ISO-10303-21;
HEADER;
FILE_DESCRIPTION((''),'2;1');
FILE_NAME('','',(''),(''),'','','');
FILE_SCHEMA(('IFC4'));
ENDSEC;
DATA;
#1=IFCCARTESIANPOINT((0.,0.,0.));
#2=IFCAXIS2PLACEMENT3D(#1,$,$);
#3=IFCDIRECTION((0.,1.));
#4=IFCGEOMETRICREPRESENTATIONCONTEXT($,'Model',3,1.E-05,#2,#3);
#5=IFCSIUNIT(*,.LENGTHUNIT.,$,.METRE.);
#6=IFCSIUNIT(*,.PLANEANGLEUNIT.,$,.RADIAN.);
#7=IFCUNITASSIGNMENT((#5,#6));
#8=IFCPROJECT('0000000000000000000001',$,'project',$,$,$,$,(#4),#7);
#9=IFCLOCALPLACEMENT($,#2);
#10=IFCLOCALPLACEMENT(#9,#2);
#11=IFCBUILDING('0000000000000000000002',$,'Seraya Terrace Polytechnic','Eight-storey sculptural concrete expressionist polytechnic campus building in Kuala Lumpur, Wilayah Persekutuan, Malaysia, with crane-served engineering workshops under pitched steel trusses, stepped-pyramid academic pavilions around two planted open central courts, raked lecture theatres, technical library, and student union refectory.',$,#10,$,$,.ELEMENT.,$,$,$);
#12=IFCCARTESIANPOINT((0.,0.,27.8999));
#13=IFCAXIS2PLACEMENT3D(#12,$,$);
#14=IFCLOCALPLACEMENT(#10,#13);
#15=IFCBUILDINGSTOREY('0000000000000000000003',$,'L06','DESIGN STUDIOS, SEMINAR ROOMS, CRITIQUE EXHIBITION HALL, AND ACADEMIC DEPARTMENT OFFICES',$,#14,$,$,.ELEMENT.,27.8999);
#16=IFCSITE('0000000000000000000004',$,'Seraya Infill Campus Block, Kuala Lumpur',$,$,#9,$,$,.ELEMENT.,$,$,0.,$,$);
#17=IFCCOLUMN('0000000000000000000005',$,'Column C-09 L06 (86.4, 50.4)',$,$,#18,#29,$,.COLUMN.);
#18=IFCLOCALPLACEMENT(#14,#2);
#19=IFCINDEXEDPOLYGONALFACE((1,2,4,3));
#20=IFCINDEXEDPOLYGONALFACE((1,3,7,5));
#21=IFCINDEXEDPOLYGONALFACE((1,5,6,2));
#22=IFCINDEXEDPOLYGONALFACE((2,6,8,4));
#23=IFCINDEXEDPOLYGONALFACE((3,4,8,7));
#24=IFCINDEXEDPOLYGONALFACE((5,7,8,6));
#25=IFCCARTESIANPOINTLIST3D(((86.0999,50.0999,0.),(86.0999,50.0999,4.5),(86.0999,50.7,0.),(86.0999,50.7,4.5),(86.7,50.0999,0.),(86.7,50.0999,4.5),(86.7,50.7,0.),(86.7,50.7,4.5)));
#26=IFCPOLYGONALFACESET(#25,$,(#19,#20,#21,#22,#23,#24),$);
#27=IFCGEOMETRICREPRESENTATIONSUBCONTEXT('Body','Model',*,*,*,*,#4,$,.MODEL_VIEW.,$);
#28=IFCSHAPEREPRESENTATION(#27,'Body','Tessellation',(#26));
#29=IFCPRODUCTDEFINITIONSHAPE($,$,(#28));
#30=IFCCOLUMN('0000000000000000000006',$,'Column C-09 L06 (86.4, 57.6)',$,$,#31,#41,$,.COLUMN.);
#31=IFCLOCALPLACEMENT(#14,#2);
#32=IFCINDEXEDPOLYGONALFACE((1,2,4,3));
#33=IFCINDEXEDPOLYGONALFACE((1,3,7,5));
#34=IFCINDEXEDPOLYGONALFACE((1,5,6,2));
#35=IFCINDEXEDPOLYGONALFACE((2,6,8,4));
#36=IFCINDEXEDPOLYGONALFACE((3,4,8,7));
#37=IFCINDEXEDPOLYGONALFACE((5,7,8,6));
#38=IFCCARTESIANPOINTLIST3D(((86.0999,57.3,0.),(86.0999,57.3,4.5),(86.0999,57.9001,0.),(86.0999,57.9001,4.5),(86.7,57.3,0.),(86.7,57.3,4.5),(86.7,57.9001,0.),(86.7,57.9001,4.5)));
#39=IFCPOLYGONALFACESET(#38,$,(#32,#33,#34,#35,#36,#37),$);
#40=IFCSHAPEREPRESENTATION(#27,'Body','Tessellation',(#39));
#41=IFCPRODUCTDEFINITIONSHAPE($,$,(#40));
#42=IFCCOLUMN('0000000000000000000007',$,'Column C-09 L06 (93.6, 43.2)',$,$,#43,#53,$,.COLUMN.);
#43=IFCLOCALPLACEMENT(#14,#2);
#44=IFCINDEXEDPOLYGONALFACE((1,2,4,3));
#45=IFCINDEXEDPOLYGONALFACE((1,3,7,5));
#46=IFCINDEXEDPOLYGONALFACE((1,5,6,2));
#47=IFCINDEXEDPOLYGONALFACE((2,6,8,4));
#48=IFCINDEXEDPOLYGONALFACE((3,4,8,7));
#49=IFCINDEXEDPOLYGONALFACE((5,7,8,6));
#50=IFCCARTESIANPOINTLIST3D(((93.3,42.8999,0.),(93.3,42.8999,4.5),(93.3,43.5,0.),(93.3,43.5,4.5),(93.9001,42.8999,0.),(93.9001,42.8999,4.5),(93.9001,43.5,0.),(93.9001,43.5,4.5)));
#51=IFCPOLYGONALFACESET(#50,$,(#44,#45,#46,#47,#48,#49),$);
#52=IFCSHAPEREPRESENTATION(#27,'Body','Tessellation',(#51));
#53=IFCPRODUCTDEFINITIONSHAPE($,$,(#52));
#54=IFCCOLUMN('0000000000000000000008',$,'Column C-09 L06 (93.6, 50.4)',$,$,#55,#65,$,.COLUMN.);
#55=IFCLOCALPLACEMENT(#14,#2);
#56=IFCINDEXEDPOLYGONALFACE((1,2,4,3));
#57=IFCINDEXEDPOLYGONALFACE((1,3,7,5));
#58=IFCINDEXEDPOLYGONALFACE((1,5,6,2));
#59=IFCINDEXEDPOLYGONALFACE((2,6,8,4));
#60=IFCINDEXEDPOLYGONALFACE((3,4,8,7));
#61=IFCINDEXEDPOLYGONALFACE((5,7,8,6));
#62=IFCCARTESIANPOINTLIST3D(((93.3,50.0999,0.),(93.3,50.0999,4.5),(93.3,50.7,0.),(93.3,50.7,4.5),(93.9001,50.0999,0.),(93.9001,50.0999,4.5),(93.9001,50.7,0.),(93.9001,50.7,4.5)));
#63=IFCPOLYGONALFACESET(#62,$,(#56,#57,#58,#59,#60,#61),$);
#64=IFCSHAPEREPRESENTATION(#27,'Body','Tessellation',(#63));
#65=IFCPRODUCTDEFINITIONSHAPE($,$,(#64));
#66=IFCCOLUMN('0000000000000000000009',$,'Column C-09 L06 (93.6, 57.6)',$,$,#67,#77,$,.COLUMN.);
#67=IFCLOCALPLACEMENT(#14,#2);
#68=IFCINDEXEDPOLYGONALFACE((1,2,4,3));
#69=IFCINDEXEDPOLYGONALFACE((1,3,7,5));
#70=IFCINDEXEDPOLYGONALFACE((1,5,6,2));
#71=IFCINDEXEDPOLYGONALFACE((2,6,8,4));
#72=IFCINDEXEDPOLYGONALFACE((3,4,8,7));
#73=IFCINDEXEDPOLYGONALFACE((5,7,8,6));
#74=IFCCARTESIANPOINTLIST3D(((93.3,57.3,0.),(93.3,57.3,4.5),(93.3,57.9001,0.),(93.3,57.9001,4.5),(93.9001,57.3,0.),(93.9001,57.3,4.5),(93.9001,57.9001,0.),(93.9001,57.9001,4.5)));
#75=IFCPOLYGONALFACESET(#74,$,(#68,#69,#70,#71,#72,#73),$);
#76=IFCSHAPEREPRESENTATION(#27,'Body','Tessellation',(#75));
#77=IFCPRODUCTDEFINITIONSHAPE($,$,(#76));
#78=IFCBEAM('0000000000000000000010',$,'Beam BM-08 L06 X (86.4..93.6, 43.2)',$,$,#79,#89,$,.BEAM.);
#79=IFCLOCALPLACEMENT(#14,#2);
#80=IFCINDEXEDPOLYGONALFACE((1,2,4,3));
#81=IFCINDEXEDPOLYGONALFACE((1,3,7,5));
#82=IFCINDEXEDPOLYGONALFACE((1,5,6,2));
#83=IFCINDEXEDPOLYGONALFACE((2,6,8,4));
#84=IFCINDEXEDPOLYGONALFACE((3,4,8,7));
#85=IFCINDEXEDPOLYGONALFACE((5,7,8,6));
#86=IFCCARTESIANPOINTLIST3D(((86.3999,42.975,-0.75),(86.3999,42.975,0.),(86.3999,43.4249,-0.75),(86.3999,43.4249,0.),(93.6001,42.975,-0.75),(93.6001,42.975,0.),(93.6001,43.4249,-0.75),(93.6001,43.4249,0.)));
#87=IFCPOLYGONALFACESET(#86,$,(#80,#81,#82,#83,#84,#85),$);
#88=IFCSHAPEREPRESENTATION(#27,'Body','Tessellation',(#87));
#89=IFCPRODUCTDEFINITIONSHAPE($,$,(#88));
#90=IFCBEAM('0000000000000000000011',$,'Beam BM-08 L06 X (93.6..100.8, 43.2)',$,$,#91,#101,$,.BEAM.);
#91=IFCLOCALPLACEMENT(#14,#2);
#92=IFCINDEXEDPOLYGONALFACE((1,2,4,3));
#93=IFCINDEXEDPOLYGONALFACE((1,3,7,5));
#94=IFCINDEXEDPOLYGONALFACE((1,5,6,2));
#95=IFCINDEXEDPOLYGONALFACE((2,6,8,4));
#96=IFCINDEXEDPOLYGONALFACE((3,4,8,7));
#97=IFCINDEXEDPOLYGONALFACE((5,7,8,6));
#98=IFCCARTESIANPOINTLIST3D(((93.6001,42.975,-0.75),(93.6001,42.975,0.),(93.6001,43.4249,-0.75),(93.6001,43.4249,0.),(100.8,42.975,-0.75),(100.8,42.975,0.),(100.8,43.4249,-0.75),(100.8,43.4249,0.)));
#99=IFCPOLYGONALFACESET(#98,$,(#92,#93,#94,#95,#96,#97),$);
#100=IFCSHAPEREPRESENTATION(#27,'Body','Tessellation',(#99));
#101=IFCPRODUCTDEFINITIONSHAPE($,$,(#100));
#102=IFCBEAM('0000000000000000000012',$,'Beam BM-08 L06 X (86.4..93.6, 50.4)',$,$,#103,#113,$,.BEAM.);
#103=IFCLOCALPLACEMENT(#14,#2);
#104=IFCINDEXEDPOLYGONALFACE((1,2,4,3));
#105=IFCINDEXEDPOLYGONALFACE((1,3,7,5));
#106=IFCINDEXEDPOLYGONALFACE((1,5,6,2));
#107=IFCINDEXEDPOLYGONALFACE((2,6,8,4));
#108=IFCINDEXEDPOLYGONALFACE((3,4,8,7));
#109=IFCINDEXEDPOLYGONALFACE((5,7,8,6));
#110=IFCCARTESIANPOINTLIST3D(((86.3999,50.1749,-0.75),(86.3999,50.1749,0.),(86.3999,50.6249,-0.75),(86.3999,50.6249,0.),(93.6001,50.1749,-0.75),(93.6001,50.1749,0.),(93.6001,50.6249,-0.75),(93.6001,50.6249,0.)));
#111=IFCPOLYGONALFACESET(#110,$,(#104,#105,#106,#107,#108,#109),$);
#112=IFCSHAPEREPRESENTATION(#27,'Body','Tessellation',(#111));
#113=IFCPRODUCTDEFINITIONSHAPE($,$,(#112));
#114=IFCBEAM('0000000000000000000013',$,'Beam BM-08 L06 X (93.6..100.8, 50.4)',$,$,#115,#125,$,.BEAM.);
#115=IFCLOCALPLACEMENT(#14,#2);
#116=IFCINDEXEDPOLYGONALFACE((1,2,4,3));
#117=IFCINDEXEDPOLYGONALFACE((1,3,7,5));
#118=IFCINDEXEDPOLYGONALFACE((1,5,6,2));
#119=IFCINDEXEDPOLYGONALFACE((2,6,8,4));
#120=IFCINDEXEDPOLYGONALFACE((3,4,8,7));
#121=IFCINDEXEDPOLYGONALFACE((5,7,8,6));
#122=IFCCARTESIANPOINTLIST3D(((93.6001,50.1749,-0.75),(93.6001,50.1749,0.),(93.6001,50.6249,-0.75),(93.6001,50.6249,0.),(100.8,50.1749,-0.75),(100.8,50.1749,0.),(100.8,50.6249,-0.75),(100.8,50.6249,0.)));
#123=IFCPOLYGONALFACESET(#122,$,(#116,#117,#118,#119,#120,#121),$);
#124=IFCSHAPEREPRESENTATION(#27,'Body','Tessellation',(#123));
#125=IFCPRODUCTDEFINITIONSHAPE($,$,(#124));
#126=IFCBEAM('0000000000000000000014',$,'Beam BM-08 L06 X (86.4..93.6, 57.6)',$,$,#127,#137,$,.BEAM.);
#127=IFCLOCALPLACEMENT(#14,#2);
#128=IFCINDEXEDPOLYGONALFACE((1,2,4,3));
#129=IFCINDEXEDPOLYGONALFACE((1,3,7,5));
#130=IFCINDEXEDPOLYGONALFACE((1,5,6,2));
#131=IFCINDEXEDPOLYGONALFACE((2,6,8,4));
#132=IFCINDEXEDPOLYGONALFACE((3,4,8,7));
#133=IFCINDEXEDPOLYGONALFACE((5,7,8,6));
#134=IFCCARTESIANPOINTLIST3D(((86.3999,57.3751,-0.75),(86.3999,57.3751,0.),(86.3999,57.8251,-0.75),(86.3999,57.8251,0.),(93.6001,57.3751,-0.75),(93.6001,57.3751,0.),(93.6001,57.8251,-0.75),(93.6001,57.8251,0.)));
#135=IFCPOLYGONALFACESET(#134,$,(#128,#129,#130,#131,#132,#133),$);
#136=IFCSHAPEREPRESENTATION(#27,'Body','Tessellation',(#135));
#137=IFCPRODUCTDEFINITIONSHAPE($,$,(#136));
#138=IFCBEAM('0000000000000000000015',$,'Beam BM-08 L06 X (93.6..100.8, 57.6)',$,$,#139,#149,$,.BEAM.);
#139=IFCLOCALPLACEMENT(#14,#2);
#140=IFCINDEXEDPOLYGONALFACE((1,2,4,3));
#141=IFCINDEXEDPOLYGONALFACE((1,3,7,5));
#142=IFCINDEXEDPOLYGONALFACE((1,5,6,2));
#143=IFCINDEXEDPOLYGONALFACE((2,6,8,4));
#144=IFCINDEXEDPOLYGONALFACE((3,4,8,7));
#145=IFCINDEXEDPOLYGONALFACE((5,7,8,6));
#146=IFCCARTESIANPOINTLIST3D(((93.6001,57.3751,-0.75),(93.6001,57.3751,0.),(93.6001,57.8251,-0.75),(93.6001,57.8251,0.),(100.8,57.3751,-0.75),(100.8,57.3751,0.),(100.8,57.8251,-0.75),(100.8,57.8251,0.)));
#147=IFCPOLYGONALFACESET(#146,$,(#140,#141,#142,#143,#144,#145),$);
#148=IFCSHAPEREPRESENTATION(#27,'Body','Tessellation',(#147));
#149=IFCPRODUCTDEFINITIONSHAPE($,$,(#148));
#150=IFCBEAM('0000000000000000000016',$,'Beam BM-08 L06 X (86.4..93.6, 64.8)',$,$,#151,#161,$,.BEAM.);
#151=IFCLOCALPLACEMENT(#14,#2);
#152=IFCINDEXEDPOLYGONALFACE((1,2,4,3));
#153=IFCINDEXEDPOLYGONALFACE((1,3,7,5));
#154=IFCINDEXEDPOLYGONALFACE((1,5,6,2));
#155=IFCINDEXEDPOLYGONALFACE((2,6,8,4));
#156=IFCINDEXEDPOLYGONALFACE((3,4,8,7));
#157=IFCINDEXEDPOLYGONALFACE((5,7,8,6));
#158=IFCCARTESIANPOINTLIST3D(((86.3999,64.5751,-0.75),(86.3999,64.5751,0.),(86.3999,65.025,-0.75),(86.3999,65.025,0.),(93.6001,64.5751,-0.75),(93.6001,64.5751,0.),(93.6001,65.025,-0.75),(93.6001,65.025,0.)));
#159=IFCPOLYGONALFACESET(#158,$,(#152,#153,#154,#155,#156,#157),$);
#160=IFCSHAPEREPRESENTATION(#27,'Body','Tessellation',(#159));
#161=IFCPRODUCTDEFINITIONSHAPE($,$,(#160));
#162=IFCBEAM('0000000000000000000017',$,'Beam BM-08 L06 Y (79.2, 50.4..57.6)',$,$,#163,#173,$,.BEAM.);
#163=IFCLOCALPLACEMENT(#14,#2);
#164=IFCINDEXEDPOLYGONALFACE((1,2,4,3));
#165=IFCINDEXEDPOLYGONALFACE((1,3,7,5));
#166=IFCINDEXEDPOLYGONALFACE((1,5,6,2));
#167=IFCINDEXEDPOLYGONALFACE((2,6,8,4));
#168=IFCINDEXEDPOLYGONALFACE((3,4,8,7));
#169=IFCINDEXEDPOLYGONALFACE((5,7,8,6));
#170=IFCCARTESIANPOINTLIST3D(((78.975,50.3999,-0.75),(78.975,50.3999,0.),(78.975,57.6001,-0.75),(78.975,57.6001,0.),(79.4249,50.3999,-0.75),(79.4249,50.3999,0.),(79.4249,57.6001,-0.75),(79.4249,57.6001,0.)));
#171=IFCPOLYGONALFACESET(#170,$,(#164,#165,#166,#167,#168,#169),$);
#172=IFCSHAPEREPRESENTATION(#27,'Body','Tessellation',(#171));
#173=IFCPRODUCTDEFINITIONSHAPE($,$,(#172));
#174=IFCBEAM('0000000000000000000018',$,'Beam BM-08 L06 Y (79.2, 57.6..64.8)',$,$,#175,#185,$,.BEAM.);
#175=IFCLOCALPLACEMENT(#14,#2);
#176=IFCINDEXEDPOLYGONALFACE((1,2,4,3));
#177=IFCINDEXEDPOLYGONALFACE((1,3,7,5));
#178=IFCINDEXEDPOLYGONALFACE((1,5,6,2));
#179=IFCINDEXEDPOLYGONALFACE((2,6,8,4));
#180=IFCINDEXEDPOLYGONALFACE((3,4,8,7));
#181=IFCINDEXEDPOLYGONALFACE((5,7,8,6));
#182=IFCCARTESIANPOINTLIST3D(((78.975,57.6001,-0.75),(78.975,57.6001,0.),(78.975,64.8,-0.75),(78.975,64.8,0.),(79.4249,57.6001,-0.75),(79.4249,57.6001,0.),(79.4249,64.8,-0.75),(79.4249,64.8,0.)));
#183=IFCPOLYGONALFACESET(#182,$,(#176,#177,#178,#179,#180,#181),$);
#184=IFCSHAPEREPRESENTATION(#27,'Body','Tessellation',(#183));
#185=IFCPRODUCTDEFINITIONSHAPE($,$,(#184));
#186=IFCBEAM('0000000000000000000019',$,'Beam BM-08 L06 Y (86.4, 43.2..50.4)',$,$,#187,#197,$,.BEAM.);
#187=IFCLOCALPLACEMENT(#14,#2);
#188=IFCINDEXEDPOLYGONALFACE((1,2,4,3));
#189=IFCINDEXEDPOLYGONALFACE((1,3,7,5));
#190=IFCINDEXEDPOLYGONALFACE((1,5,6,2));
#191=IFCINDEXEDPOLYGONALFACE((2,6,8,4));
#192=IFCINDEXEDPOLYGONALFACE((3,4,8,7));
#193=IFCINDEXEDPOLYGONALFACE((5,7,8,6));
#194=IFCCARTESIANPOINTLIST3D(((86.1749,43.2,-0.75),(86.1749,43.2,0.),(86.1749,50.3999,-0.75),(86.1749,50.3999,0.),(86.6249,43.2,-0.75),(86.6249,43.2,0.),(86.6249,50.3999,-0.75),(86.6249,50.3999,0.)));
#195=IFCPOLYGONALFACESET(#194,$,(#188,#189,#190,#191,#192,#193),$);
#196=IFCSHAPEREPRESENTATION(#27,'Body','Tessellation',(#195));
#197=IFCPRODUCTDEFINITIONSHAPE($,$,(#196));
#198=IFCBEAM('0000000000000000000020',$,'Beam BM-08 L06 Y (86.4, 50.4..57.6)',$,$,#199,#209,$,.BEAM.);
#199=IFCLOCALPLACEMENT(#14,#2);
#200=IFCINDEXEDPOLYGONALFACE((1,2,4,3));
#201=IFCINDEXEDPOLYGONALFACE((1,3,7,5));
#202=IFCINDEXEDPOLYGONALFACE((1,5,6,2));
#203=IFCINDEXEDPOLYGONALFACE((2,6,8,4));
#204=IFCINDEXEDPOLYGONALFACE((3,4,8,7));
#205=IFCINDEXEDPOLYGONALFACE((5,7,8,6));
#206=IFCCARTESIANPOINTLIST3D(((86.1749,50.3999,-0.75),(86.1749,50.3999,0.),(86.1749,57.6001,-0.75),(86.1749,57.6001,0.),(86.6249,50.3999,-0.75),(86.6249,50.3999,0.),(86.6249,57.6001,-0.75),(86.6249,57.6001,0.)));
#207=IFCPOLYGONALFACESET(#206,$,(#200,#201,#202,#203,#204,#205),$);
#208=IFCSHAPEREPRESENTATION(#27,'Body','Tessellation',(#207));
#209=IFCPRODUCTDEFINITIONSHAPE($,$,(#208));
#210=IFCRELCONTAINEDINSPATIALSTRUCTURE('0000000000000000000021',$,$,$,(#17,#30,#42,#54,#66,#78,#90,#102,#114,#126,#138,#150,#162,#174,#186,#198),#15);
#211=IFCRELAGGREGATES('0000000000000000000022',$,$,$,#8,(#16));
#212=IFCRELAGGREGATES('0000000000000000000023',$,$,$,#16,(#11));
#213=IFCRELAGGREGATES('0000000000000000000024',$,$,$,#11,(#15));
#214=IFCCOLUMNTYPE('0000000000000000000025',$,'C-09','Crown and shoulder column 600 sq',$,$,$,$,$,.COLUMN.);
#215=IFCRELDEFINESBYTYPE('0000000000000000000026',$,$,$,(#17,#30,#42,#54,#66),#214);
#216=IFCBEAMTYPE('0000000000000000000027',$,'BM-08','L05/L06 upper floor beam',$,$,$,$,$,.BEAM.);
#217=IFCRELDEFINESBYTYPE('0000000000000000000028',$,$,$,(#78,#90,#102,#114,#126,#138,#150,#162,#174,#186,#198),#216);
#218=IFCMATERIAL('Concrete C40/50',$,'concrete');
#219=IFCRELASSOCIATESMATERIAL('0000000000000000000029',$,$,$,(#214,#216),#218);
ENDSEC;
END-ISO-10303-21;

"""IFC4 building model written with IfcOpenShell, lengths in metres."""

from ifc_helpers import new_model, si_unit, direction, frame, origin, origin_2d, place, context, subcontext, project, spatial, rectangle, extrude, material, material_profile, profile_set, type_object, element, save


model = new_model("IFC4")

# Units and contexts
model_context = context("Model", 3, precision=1e-05, world=origin(), true_north=direction((0.0, 1.0)))
body_context = subcontext(model_context, "Body", "Model", "MODEL_VIEW")
ifc_project = project(units=[si_unit("LENGTHUNIT", "METRE"), si_unit("PLANEANGLEUNIT", "RADIAN")], contexts=[model_context])

# Site, building, storey
site_placement = place(None, origin())
site = spatial("IfcSite", under=ifc_project, at=site_placement, Name="Seraya Infill Campus Block, Kuala Lumpur", CompositionType="ELEMENT", RefElevation=0.0)
building_placement = place(site_placement, origin())
building = spatial("IfcBuilding", under=site, at=building_placement, Name="Seraya Terrace Polytechnic", Description="Eight-storey sculptural concrete expressionist polytechnic campus building in Kuala Lumpur, Wilayah Persekutuan, Malaysia, with crane-served engineering workshops under pitched steel trusses, stepped-pyramid academic pavilions around two planted open central courts, raked lecture theatres, technical library, and student union refectory.", CompositionType="ELEMENT")
storey_placement = place(building_placement, frame((0.0, 0.0, 27.8999)))
storey = spatial("IfcBuildingStorey", under=building, at=storey_placement, Name="L06", Description="DESIGN STUDIOS, SEMINAR ROOMS, CRITIQUE EXHIBITION HALL, AND ACADEMIC DEPARTMENT OFFICES", CompositionType="ELEMENT", Elevation=27.8999)

# Columns
ifc_material_1 = material(Name="Concrete C40/50", Category="concrete")
ifc_material_profile_1 = material_profile(ifc_material_1, rectangle(XDim=0.6001, YDim=0.6001, at=origin_2d()), Name="RC 600x600")
ifc_profile_set_1 = profile_set([ifc_material_profile_1], Name="Concrete C40/50")
column_type = type_object("IfcColumnType", Name="C-09", Description="Crown and shoulder column 600 sq", PredefinedType="COLUMN", material=ifc_profile_set_1)
for number, where, z_axis, x_axis, name in (
    (1, (86.3999, 50.3999, 0.0), (0.0, 0.0, 1.0), (1.0, 0.0, 0.0), "Column C-09 L06 (86.4, 50.4)"),
    (2, (86.3999, 57.6001, 0.0), (0.0, 0.0, 1.0), (1.0, 0.0, 0.0), "Column C-09 L06 (86.4, 57.6)"),
    (3, (93.6001, 43.2, 0.0), (0.0, 0.0, 1.0), (1.0, 0.0, 0.0), "Column C-09 L06 (93.6, 43.2)"),
    (4, (93.6001, 50.3999, 0.0), (0.0, 0.0, 1.0), (1.0, 0.0, 0.0), "Column C-09 L06 (93.6, 50.4)"),
    (5, (93.6001, 57.6001, 0.0), (0.0, 0.0, 1.0), (1.0, 0.0, 0.0), "Column C-09 L06 (93.6, 57.6)"),
):
    element("IfcColumn", number, at=place(storey_placement, frame(where, z_axis=z_axis, x_axis=x_axis)), inside=storey, type_object=column_type, Name=name, PredefinedType="COLUMN", context=body_context, shape_type="SweptSolid", body=[
        extrude(rectangle(XDim=0.6001, YDim=0.6001, at=origin_2d()), origin(), (0.0, 0.0, 1.0), 4.5),
    ])

# Beams
ifc_material_profile_2 = material_profile(ifc_material_1, rectangle(XDim=0.45, YDim=0.75, at=origin_2d()), Name="RC 450x750")
ifc_profile_set_2 = profile_set([ifc_material_profile_2], Name="Concrete C40/50")
beam_type_1 = type_object("IfcBeamType", Name="BM-08", Description="L05/L06 upper floor beam", PredefinedType="BEAM", material=ifc_profile_set_2)
beam_1_placement = place(storey_placement, frame((86.3999, 43.2, -0.375), z_axis=(1.0, 0.0, 0.0), x_axis=(0.0, 1.0, 0.0)))
element("IfcBeam", 6, at=beam_1_placement, inside=storey, type_object=beam_type_1, Name="Beam BM-08 L06 X (86.4..93.6, 43.2)", PredefinedType="BEAM", context=body_context, shape_type="SweptSolid", body=[
    extrude(rectangle(XDim=0.45, YDim=0.75, at=origin_2d()), origin(), (0.0, 0.0, 1.0), 7.2002),
])
beam_2_placement = place(storey_placement, frame((93.6001, 43.2, -0.375), z_axis=(1.0, 0.0, 0.0), x_axis=(0.0, 1.0, 0.0)))
element("IfcBeam", 7, at=beam_2_placement, inside=storey, type_object=beam_type_1, Name="Beam BM-08 L06 X (93.6..100.8, 43.2)", PredefinedType="BEAM", context=body_context, shape_type="SweptSolid", body=[
    extrude(rectangle(XDim=0.45, YDim=0.75, at=origin_2d()), origin(), (0.0, 0.0, 1.0), 7.2),
])
beam_3_placement = place(storey_placement, frame((86.3999, 50.3999, -0.375), z_axis=(1.0, 0.0, 0.0), x_axis=(0.0, 1.0, 0.0)))
element("IfcBeam", 8, at=beam_3_placement, inside=storey, type_object=beam_type_1, Name="Beam BM-08 L06 X (86.4..93.6, 50.4)", PredefinedType="BEAM", context=body_context, shape_type="SweptSolid", body=[
    extrude(rectangle(XDim=0.45, YDim=0.75, at=origin_2d()), origin(), (0.0, 0.0, 1.0), 7.2002),
])
beam_4_placement = place(storey_placement, frame((93.6001, 50.3999, -0.375), z_axis=(1.0, 0.0, 0.0), x_axis=(0.0, 1.0, 0.0)))
element("IfcBeam", 9, at=beam_4_placement, inside=storey, type_object=beam_type_1, Name="Beam BM-08 L06 X (93.6..100.8, 50.4)", PredefinedType="BEAM", context=body_context, shape_type="SweptSolid", body=[
    extrude(rectangle(XDim=0.45, YDim=0.75, at=origin_2d()), origin(), (0.0, 0.0, 1.0), 7.2),
])
beam_5_placement = place(storey_placement, frame((86.3999, 57.6001, -0.375), z_axis=(1.0, 0.0, 0.0), x_axis=(0.0, 1.0, 0.0)))
element("IfcBeam", 10, at=beam_5_placement, inside=storey, type_object=beam_type_1, Name="Beam BM-08 L06 X (86.4..93.6, 57.6)", PredefinedType="BEAM", context=body_context, shape_type="SweptSolid", body=[
    extrude(rectangle(XDim=0.45, YDim=0.75, at=origin_2d()), origin(), (0.0, 0.0, 1.0), 7.2002),
])
beam_6_placement = place(storey_placement, frame((93.6001, 57.6001, -0.375), z_axis=(1.0, 0.0, 0.0), x_axis=(0.0, 1.0, 0.0)))
element("IfcBeam", 11, at=beam_6_placement, inside=storey, type_object=beam_type_1, Name="Beam BM-08 L06 X (93.6..100.8, 57.6)", PredefinedType="BEAM", context=body_context, shape_type="SweptSolid", body=[
    extrude(rectangle(XDim=0.45, YDim=0.75, at=origin_2d()), origin(), (0.0, 0.0, 1.0), 7.2),
])
for number, where, z_axis, x_axis, name in (
    (12, (86.3999, 64.8, -0.375), (1.0, 0.0, 0.0), (0.0, 1.0, 0.0), "Beam BM-08 L06 X (86.4..93.6, 64.8)"),
    (13, (79.2, 50.3999, -0.375), (0.0, 1.0, 0.0), (-1.0, 0.0, 0.0), "Beam BM-08 L06 Y (79.2, 50.4..57.6)"),
):
    element("IfcBeam", number, at=place(storey_placement, frame(where, z_axis=z_axis, x_axis=x_axis)), inside=storey, type_object=beam_type_1, Name=name, PredefinedType="BEAM", context=body_context, shape_type="SweptSolid", body=[
        extrude(rectangle(XDim=0.45, YDim=0.75, at=origin_2d()), origin(), (0.0, 0.0, 1.0), 7.2002),
    ])
for number, where, z_axis, x_axis, name in (
    (14, (79.2, 57.6001, -0.375), (0.0, 1.0, 0.0), (-1.0, 0.0, 0.0), "Beam BM-08 L06 Y (79.2, 57.6..64.8)"),
    (15, (86.3999, 43.2, -0.375), (0.0, 1.0, 0.0), (-1.0, 0.0, 0.0), "Beam BM-08 L06 Y (86.4, 43.2..50.4)"),
):
    element("IfcBeam", number, at=place(storey_placement, frame(where, z_axis=z_axis, x_axis=x_axis)), inside=storey, type_object=beam_type_1, Name=name, PredefinedType="BEAM", context=body_context, shape_type="SweptSolid", body=[
        extrude(rectangle(XDim=0.45, YDim=0.75, at=origin_2d()), origin(), (0.0, 0.0, 1.0), 7.2),
    ])
beam_7_placement = place(storey_placement, frame((86.3999, 50.3999, -0.375), z_axis=(0.0, 1.0, 0.0), x_axis=(-1.0, 0.0, 0.0)))
element("IfcBeam", 16, at=beam_7_placement, inside=storey, type_object=beam_type_1, Name="Beam BM-08 L06 Y (86.4, 50.4..57.6)", PredefinedType="BEAM", context=body_context, shape_type="SweptSolid", body=[
    extrude(rectangle(XDim=0.45, YDim=0.75, at=origin_2d()), origin(), (0.0, 0.0, 1.0), 7.2002),
])

save(model, "model.ifc")
